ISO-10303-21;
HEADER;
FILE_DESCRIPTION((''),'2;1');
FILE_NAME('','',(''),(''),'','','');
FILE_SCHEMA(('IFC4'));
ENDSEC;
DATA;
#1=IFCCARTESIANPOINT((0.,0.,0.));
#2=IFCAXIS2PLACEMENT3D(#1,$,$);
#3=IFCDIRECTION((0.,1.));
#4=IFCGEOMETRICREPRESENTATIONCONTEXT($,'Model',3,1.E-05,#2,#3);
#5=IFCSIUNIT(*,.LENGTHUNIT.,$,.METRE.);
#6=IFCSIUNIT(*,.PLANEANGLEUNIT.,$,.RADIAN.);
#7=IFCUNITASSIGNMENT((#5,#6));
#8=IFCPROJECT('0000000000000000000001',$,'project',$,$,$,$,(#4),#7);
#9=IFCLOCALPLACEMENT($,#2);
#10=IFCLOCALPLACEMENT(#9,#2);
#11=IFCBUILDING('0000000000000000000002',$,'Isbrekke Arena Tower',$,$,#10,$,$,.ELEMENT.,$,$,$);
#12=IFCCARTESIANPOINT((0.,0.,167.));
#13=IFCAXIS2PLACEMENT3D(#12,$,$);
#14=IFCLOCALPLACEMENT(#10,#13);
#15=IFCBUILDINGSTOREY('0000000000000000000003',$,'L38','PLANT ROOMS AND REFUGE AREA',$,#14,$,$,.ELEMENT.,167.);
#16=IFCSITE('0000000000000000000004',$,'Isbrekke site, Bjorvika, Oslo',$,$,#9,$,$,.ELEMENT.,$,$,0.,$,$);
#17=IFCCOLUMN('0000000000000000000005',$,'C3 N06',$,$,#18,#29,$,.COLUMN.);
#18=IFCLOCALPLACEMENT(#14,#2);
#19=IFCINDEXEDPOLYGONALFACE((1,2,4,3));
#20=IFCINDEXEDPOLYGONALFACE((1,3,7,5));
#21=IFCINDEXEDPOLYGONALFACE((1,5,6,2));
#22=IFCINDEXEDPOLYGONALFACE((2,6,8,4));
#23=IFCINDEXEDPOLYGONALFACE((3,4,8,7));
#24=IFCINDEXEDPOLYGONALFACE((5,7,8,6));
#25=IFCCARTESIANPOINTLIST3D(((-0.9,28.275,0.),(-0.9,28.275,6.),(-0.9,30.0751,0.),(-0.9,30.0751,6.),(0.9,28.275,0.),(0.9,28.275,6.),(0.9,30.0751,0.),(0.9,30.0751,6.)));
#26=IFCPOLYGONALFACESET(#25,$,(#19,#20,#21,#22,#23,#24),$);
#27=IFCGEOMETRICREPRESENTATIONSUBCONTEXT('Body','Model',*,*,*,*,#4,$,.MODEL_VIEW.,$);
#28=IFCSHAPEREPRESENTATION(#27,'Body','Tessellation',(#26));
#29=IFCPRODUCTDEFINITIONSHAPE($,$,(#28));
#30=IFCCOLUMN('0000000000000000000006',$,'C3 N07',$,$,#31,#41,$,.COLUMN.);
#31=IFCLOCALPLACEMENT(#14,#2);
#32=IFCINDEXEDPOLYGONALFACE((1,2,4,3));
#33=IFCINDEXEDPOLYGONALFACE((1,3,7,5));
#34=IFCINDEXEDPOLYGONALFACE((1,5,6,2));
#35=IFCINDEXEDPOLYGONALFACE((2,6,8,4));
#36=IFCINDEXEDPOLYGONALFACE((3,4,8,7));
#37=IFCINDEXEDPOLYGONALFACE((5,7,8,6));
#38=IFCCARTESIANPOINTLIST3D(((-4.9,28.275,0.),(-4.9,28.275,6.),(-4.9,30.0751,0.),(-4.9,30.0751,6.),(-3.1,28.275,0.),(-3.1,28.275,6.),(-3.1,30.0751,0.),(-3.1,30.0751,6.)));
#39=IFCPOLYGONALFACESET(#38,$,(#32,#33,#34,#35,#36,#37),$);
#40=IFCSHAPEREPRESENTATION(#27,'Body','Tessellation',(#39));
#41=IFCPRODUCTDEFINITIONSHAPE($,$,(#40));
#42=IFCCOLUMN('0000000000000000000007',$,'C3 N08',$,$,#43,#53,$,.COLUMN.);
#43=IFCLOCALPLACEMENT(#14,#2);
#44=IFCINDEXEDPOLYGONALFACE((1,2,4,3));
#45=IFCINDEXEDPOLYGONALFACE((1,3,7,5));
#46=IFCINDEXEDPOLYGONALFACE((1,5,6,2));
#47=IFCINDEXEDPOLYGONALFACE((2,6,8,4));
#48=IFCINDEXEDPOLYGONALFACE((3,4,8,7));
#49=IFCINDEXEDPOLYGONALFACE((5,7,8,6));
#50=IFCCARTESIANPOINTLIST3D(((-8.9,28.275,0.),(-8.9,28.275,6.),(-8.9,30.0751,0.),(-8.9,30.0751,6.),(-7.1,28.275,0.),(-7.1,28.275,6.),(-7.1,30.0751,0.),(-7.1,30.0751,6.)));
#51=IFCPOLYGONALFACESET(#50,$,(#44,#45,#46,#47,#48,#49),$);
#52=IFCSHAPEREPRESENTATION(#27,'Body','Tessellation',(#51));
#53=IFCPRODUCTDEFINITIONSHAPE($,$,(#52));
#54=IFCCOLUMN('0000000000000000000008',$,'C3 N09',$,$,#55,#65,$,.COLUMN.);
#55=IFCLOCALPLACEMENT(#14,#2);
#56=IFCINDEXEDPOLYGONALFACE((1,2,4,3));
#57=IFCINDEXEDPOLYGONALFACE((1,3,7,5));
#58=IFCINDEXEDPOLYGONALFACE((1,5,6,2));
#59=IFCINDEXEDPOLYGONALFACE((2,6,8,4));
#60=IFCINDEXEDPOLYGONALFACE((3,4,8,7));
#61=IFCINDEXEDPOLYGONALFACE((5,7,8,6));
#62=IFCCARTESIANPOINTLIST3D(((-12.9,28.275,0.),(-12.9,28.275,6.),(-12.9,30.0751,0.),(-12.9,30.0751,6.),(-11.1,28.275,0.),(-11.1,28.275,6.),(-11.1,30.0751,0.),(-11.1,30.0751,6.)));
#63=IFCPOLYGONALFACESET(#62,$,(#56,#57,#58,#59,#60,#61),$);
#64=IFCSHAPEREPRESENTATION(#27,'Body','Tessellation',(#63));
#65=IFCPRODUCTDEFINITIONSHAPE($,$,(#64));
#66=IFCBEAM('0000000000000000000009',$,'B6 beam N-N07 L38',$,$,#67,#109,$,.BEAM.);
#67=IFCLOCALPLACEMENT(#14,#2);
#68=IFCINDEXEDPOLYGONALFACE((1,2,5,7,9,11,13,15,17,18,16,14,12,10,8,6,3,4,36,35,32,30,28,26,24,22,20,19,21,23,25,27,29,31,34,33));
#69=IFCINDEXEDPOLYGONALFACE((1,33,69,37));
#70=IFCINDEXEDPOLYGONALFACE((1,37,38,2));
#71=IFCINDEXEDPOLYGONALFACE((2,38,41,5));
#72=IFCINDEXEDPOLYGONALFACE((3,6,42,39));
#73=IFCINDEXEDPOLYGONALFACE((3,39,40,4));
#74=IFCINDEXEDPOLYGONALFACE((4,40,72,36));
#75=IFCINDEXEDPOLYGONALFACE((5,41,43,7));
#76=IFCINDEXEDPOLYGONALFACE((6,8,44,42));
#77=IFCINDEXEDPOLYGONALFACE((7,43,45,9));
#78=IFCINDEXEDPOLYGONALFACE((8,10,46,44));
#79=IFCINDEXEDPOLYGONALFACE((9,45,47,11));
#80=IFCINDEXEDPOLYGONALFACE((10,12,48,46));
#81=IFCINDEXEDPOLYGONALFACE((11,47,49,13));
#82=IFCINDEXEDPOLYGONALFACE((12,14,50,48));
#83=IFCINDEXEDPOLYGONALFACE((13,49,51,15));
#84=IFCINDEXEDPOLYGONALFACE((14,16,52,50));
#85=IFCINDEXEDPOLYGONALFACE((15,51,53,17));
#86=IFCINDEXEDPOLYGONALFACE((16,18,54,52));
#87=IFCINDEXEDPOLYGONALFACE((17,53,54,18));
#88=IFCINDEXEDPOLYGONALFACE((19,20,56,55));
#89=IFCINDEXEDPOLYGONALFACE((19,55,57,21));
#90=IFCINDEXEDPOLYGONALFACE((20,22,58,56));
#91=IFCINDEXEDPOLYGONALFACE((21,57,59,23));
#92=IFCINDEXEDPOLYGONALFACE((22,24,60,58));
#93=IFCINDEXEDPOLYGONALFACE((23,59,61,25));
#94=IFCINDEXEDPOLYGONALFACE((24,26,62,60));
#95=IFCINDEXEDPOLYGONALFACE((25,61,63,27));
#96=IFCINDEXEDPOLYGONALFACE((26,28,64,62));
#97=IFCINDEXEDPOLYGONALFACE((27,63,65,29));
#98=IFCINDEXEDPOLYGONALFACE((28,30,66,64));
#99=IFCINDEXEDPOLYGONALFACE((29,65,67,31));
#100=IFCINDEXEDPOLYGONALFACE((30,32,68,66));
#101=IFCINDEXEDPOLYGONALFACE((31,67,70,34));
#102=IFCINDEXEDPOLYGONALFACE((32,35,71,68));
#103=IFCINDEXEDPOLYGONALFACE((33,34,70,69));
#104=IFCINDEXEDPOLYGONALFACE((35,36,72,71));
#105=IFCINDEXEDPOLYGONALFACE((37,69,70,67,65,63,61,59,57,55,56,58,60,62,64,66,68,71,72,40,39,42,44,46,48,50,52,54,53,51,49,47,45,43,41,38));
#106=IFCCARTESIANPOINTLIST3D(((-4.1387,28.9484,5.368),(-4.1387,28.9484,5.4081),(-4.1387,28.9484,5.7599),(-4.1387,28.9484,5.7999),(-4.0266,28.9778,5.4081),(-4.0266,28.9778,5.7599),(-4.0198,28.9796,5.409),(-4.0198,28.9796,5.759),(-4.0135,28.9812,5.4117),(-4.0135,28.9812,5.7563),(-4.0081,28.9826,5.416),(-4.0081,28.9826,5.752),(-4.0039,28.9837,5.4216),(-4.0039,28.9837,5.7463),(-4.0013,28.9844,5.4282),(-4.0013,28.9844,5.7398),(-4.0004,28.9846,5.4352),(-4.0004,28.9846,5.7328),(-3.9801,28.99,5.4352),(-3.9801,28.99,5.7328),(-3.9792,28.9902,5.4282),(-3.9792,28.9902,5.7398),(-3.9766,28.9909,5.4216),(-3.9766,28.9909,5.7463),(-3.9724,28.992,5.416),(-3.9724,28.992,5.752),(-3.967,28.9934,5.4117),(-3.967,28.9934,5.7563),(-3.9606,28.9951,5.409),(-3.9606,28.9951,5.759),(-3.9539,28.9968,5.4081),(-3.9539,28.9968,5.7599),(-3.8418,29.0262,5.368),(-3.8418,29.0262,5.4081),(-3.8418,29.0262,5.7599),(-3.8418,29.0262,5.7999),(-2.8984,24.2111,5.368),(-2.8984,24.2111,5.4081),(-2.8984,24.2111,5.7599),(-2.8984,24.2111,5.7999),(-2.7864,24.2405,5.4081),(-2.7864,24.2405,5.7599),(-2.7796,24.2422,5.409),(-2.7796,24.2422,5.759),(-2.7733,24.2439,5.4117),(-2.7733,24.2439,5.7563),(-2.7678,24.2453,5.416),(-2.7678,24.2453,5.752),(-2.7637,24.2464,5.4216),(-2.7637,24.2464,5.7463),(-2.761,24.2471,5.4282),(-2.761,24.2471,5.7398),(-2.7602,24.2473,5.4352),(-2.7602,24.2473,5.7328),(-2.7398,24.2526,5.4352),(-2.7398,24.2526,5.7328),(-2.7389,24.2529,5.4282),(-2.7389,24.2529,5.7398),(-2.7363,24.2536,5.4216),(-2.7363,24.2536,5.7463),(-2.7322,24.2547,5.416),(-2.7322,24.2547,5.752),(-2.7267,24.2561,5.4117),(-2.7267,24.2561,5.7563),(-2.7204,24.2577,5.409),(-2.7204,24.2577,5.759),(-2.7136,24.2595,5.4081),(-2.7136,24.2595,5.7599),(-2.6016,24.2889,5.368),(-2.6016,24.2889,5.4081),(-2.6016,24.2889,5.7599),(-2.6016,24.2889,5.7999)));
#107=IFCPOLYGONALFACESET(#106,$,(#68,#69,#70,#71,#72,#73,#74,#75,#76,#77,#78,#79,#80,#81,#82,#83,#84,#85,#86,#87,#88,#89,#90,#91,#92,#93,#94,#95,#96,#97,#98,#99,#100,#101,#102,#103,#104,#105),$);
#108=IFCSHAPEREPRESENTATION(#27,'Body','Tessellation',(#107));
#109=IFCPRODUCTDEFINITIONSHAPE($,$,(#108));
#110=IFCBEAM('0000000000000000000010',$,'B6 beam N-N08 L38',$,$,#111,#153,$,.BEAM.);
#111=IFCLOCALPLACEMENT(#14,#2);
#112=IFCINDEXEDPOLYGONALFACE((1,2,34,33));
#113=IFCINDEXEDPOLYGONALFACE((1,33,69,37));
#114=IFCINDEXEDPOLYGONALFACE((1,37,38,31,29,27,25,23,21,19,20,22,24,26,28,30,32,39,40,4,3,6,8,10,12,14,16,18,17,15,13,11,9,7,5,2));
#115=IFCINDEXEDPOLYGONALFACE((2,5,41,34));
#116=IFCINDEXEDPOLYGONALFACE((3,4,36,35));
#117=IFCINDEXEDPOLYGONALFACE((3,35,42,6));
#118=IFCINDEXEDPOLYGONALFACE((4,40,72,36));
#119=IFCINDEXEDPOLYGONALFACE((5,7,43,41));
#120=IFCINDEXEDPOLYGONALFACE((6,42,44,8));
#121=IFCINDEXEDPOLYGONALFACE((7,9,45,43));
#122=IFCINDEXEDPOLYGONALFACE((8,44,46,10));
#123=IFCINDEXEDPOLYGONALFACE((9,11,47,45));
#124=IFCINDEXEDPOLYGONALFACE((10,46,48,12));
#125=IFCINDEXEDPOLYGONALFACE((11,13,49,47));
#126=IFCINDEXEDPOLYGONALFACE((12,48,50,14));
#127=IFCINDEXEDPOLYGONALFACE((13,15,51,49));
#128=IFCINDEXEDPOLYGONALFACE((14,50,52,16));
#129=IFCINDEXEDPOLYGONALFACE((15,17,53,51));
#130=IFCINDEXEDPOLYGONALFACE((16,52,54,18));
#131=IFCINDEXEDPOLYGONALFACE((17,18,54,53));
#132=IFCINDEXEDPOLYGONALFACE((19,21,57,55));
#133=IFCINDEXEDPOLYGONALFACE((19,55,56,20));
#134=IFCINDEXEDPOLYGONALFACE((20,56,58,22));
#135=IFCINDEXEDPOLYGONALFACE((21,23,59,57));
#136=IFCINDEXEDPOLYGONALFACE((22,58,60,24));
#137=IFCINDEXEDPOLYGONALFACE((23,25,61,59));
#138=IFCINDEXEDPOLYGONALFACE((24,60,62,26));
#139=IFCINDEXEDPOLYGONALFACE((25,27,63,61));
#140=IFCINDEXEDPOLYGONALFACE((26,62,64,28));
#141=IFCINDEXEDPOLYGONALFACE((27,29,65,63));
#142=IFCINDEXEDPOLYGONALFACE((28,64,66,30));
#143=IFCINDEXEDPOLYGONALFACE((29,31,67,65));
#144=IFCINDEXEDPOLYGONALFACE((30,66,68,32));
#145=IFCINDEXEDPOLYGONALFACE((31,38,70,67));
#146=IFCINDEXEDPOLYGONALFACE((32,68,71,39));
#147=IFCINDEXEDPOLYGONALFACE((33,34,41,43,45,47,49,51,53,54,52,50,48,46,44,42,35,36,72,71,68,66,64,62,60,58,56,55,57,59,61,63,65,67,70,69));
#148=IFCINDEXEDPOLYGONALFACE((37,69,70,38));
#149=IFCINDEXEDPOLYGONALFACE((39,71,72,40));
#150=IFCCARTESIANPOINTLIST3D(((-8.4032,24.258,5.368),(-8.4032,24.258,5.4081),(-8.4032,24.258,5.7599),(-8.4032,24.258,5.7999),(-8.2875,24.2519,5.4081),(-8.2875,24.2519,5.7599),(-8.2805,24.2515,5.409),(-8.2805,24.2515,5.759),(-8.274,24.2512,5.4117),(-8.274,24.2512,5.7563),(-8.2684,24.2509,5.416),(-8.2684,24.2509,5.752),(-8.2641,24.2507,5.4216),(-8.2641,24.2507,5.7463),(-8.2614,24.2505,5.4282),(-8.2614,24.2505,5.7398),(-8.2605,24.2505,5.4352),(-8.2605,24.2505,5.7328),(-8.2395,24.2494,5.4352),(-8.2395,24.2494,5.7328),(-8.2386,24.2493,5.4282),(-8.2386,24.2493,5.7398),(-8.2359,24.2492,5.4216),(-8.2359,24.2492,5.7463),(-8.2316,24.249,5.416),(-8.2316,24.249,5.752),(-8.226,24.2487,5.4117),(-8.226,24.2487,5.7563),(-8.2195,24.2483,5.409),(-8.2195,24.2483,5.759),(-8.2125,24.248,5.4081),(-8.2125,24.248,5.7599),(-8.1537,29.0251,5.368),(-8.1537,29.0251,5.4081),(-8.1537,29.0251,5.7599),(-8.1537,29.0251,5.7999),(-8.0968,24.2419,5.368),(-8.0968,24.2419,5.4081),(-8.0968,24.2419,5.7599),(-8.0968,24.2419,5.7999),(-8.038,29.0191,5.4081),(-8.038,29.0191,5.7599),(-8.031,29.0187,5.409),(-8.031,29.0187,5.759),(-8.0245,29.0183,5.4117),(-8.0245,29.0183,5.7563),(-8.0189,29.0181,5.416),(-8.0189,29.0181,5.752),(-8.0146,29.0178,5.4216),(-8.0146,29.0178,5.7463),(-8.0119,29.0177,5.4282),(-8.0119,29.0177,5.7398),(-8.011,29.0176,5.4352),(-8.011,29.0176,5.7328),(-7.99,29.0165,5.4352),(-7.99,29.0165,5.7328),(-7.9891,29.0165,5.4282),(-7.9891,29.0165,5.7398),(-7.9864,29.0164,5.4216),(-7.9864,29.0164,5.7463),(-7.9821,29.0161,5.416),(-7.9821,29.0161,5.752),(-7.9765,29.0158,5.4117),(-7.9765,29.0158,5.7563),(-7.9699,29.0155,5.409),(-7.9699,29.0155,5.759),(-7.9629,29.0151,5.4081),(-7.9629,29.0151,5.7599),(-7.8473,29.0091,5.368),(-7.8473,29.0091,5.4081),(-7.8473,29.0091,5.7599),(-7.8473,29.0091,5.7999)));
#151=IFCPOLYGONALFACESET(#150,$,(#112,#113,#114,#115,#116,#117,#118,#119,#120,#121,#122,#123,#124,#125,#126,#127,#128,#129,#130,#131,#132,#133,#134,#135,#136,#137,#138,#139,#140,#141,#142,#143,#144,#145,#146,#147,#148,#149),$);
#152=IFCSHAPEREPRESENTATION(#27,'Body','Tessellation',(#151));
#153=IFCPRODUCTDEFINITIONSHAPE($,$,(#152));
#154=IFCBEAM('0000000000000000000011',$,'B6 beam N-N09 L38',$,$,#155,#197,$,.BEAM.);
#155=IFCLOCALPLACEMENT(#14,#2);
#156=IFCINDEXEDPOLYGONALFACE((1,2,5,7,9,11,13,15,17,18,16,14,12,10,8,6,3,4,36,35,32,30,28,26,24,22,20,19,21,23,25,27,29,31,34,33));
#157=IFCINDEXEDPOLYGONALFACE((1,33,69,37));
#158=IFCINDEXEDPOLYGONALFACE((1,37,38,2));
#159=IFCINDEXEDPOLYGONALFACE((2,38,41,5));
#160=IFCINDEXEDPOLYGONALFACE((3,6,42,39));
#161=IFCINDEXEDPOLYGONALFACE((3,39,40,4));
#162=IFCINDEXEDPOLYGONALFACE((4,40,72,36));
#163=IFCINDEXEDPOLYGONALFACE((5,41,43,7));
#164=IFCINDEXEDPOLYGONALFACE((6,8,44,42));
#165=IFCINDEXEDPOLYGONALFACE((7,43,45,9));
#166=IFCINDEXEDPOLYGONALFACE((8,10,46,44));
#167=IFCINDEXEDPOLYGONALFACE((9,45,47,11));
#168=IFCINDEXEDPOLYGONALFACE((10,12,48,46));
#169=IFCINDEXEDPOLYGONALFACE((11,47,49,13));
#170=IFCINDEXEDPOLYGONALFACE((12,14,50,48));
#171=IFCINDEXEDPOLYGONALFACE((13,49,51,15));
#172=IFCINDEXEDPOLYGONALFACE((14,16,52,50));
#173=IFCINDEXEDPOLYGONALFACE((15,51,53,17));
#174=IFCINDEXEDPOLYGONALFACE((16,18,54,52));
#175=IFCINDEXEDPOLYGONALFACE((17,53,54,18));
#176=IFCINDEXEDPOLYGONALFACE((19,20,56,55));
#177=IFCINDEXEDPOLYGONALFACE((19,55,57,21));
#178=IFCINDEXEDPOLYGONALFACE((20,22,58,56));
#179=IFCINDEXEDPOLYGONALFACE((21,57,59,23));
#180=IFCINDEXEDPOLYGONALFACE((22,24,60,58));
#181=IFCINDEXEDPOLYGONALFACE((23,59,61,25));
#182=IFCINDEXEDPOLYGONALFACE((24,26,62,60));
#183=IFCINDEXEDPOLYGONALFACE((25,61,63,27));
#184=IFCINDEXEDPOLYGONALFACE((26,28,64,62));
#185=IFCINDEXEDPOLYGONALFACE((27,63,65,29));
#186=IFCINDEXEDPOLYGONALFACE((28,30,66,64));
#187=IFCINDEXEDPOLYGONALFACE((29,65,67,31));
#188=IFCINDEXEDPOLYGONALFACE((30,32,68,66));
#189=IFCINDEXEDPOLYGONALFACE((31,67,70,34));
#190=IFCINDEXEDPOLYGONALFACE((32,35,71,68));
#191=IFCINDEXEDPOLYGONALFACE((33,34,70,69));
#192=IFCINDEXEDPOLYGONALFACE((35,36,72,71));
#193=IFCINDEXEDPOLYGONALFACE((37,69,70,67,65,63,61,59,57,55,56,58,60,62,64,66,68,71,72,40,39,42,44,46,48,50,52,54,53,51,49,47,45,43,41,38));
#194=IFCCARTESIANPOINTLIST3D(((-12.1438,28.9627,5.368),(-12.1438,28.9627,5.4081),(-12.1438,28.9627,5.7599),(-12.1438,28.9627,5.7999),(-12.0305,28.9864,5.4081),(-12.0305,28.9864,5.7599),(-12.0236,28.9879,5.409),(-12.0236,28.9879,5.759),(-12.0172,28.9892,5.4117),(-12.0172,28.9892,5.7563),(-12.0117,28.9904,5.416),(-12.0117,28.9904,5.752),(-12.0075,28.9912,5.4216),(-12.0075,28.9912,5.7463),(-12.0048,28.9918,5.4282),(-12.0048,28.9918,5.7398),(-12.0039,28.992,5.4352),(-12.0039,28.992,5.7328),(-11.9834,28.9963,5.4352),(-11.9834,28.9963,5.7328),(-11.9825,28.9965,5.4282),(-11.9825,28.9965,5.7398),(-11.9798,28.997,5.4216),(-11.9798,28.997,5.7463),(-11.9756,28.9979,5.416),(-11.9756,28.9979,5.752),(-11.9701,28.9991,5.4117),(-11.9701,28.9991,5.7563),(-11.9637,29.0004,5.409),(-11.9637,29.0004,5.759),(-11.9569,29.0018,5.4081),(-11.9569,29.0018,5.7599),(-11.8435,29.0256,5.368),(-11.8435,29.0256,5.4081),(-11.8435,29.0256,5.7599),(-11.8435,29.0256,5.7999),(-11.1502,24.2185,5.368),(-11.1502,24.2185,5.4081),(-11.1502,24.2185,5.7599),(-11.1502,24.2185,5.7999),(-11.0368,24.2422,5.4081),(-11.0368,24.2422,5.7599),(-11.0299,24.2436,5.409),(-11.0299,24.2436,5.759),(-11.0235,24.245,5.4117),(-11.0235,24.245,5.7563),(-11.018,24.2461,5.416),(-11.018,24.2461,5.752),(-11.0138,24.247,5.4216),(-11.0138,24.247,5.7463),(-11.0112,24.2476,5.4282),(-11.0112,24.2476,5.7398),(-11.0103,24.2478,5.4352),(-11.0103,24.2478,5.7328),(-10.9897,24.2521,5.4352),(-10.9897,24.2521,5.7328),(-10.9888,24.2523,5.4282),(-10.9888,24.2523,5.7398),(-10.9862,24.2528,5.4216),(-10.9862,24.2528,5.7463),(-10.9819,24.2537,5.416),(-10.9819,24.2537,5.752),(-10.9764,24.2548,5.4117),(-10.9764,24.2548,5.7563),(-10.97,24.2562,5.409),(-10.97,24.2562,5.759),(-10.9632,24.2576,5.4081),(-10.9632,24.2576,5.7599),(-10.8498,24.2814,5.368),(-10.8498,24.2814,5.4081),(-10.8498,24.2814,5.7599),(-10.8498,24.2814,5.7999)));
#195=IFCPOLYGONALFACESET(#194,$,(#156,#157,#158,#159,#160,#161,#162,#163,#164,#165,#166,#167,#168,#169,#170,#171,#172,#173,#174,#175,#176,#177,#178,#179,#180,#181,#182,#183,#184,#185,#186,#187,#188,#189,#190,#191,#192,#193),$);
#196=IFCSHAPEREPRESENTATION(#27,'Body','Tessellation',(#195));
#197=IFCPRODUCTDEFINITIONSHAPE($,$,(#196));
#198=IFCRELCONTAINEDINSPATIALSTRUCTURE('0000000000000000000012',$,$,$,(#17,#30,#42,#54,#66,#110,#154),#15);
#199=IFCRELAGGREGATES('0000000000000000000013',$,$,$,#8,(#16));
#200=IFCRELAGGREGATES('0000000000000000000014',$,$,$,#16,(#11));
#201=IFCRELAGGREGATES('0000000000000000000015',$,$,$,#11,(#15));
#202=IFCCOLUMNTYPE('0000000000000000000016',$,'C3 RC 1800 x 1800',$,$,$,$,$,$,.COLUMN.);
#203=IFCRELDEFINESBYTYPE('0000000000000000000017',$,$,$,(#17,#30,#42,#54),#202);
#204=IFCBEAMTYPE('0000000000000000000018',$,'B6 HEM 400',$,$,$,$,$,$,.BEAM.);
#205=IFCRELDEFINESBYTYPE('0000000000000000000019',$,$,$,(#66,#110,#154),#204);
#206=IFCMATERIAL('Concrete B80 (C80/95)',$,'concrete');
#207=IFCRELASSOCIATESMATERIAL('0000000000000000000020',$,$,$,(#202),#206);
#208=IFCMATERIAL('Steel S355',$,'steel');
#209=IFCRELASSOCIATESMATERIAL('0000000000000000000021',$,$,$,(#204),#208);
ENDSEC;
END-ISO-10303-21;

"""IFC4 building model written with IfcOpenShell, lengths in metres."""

from ifc_helpers import new_model, si_unit, direction, frame, origin, origin_2d, place, context, subcontext, project, spatial, rectangle, i_section, extrude, material, material_profile, profile_set, type_object, element, save


model = new_model("IFC4")

# Units and contexts
model_context = context("Model", 3, precision=1e-05, world=origin(), true_north=direction((0.0, 1.0)))
body_context = subcontext(model_context, "Body", "Model", "MODEL_VIEW")
ifc_project = project(units=[si_unit("LENGTHUNIT", "METRE"), si_unit("PLANEANGLEUNIT", "RADIAN")], contexts=[model_context])

# Site, building, storey
site_placement = place(None, origin())
site = spatial("IfcSite", under=ifc_project, at=site_placement, Name="Isbrekke site, Bjorvika, Oslo", CompositionType="ELEMENT", RefElevation=0.0)
building_placement = place(site_placement, origin())
building = spatial("IfcBuilding", under=site, at=building_placement, Name="Isbrekke Arena Tower", CompositionType="ELEMENT")
storey_placement = place(building_placement, frame((0.0, 0.0, 167.0)))
storey = spatial("IfcBuildingStorey", under=building, at=storey_placement, Name="L38", Description="PLANT ROOMS AND REFUGE AREA", CompositionType="ELEMENT", Elevation=167.0)

# Columns
ifc_material_1 = material(Name="Concrete B80 (C80/95)", Category="concrete")
ifc_material_profile_1 = material_profile(ifc_material_1, rectangle(XDim=1.8, YDim=1.8, at=origin_2d()), Name="RC 1800x1800")
ifc_profile_set_1 = profile_set([ifc_material_profile_1], Name="Concrete B80 (C80/95)")
column_type = type_object("IfcColumnType", Name="C3 RC 1800 x 1800", PredefinedType="COLUMN", material=ifc_profile_set_1)
for number, where, z_axis, x_axis, name in (
    (1, (0.0, 29.175, 0.0), (0.0, 0.0, 1.0), (-1.0, 0.0, 0.0), "C3 N06"),
    (2, (-4.0, 29.175, 0.0), (0.0, 0.0, 1.0), (-1.0, 0.0, 0.0), "C3 N07"),
    (3, (-8.0, 29.175, 0.0), (0.0, 0.0, 1.0), (-1.0, 0.0, 0.0), "C3 N08"),
    (4, (-12.0, 29.175, 0.0), (0.0, 0.0, 1.0), (-1.0, 0.0, 0.0), "C3 N09"),
):
    element("IfcColumn", number, at=place(storey_placement, frame(where, z_axis=z_axis, x_axis=x_axis)), inside=storey, type_object=column_type, Name=name, PredefinedType="COLUMN", context=body_context, shape_type="SweptSolid", body=[
        extrude(rectangle(XDim=1.8, YDim=1.8, at=origin_2d()), origin(), (0.0, 0.0, 1.0), 6.0),
    ])

# Beams
ifc_material_2 = material(Name="Steel S355", Category="steel")
ifc_material_profile_2 = material_profile(ifc_material_2, i_section(OverallWidth=0.3069, OverallDepth=0.4319, WebThickness=0.021, FlangeThickness=0.04, FilletRadius=0.0271, at=origin_2d()), Name="HEM 400")
ifc_profile_set_2 = profile_set([ifc_material_profile_2], Name="Steel S355")
beam_type_1 = type_object("IfcBeamType", Name="B6 HEM 400", PredefinedType="BEAM", material=ifc_profile_set_2)
beam_1_placement = place(storey_placement, frame((-3.9902, 28.9873, 5.584), z_axis=(0.253266, -0.967397, 0.0), x_axis=(0.967397, 0.253266, 0.0)))
element("IfcBeam", 5, at=beam_1_placement, inside=storey, type_object=beam_type_1, Name="B6 beam N-N07 L38", PredefinedType="BEAM", context=body_context, shape_type="SweptSolid", body=[
    extrude(i_section(OverallWidth=0.3069, OverallDepth=0.4319, WebThickness=0.021, FlangeThickness=0.04, FilletRadius=0.0271, at=origin_2d()), origin(), (0.0, 0.0, 1.0), 4.897),
])
beam_2_placement = place(storey_placement, frame((-8.0005, 29.0171, 5.584), z_axis=(-0.052269, -0.998633, 0.0), x_axis=(0.998633, -0.052269, 0.0)))
element("IfcBeam", 6, at=beam_2_placement, inside=storey, type_object=beam_type_1, Name="B6 beam N-N08 L38", PredefinedType="BEAM", context=body_context, shape_type="SweptSolid", body=[
    extrude(i_section(OverallWidth=0.3069, OverallDepth=0.4319, WebThickness=0.021, FlangeThickness=0.04, FilletRadius=0.0271, at=origin_2d()), origin(), (0.0, 0.0, 1.0), 4.7737),
])
beam_3_placement = place(storey_placement, frame((-11.9937, 28.9941, 5.584), z_axis=(0.205, -0.978762, 0.0), x_axis=(0.978762, 0.205, 0.0)))
element("IfcBeam", 7, at=beam_3_placement, inside=storey, type_object=beam_type_1, Name="B6 beam N-N09 L38", PredefinedType="BEAM", context=body_context, shape_type="SweptSolid", body=[
    extrude(i_section(OverallWidth=0.3069, OverallDepth=0.4319, WebThickness=0.021, FlangeThickness=0.04, FilletRadius=0.0271, at=origin_2d()), origin(), (0.0, 0.0, 1.0), 4.8472),
])

save(model, "model.ifc")
